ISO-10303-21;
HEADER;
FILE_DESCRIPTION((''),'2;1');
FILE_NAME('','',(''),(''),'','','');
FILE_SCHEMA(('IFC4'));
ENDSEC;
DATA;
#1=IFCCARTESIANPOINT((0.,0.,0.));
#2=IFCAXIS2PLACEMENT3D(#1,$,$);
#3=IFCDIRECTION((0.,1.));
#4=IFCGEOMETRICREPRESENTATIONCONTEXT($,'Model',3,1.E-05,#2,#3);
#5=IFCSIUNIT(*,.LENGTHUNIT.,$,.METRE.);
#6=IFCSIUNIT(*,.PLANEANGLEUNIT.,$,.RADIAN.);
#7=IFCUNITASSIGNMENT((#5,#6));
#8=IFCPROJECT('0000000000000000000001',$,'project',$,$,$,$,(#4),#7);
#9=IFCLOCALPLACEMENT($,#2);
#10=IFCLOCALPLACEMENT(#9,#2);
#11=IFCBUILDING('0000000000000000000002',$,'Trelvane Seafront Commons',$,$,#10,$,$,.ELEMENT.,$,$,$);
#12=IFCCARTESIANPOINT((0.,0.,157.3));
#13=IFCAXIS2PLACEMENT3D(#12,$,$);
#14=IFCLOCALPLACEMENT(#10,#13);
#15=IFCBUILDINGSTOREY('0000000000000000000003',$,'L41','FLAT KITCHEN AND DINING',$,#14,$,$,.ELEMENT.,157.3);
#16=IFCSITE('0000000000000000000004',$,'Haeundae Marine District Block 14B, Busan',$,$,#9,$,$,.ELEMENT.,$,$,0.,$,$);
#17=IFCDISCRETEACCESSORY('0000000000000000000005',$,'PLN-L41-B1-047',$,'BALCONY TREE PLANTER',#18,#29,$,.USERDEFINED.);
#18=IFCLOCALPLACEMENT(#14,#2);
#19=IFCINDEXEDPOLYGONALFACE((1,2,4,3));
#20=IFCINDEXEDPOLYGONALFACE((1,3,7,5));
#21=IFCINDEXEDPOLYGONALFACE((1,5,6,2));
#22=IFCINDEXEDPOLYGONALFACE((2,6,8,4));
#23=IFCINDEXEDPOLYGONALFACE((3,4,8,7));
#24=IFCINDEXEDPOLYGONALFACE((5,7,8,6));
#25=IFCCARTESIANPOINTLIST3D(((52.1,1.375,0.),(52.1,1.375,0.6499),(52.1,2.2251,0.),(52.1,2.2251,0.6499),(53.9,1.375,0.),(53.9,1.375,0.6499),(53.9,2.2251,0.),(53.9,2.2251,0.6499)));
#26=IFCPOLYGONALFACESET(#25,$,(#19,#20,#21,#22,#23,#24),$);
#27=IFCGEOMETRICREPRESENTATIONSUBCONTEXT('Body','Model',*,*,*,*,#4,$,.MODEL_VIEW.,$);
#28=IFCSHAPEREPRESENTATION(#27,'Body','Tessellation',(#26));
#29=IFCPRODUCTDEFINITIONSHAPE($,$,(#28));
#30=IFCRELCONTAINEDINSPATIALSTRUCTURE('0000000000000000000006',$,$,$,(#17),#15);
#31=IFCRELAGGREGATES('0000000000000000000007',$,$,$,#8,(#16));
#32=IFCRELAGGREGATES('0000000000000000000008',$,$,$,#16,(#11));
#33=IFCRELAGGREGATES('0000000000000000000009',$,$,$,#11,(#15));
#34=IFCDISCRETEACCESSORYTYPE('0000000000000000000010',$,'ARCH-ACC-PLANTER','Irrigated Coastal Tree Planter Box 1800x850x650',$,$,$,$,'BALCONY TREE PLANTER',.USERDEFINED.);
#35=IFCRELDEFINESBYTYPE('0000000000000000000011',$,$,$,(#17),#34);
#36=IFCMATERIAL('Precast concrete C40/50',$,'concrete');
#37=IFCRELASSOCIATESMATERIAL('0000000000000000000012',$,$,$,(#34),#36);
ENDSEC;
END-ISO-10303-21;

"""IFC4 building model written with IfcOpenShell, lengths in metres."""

from ifc_helpers import new_model, si_unit, direction, frame, origin, origin_2d, place, context, subcontext, project, spatial, rectangle, extrude, source, transform, mapped, material, type_object, element, save


model = new_model("IFC4")

# Units and contexts
model_context = context("Model", 3, precision=1e-05, world=origin(), true_north=direction((0.0, 1.0)))
body_context = subcontext(model_context, "Body", "Model", "MODEL_VIEW")
ifc_project = project(units=[si_unit("LENGTHUNIT", "METRE"), si_unit("PLANEANGLEUNIT", "RADIAN")], contexts=[model_context])

# Site, building, storey
site_placement = place(None, origin())
site = spatial("IfcSite", under=ifc_project, at=site_placement, Name="Haeundae Marine District Block 14B, Busan", CompositionType="ELEMENT", RefElevation=0.0)
building_placement = place(site_placement, origin())
building = spatial("IfcBuilding", under=site, at=building_placement, Name="Trelvane Seafront Commons", CompositionType="ELEMENT")
storey_placement = place(building_placement, frame((0.0, 0.0, 157.3)))
storey = spatial("IfcBuildingStorey", under=building, at=storey_placement, Name="L41", Description="FLAT KITCHEN AND DINING", CompositionType="ELEMENT", Elevation=157.3)

# Discrete accessory
ifc_material_1 = material(Name="Precast concrete C40/50", Category="concrete")
discrete_accessory_type = type_object("IfcDiscreteAccessoryType", Name="ARCH-ACC-PLANTER", Description="Irrigated Coastal Tree Planter Box 1800x850x650", ElementType="BALCONY TREE PLANTER", PredefinedType="USERDEFINED", material=ifc_material_1)
shared_shape_1 = source(origin(), body_context, "Body", "SweptSolid", [
    extrude(rectangle(XDim=1.8, YDim=0.8501, at=origin_2d()), origin(), (0.0, 0.0, 1.0), 0.6499),
])
discrete_accessory_placement = place(storey_placement, frame((53.0, 1.8, 0.0), z_axis=(0.0, 0.0, 1.0), x_axis=(1.0, 0.0, 0.0)))
element("IfcDiscreteAccessory", 1, at=discrete_accessory_placement, inside=storey, type_object=discrete_accessory_type, Name="PLN-L41-B1-047", ObjectType="BALCONY TREE PLANTER", PredefinedType="USERDEFINED", context=body_context, shape_type="MappedRepresentation", body=[
    mapped(shared_shape_1, transform((0.0, 0.0, 0.0), x_axis=(1.0, 0.0, 0.0), y_axis=(0.0, 1.0, 0.0), z_axis=(0.0, 0.0, 1.0), scale=1.0)),
])

save(model, "model.ifc")
